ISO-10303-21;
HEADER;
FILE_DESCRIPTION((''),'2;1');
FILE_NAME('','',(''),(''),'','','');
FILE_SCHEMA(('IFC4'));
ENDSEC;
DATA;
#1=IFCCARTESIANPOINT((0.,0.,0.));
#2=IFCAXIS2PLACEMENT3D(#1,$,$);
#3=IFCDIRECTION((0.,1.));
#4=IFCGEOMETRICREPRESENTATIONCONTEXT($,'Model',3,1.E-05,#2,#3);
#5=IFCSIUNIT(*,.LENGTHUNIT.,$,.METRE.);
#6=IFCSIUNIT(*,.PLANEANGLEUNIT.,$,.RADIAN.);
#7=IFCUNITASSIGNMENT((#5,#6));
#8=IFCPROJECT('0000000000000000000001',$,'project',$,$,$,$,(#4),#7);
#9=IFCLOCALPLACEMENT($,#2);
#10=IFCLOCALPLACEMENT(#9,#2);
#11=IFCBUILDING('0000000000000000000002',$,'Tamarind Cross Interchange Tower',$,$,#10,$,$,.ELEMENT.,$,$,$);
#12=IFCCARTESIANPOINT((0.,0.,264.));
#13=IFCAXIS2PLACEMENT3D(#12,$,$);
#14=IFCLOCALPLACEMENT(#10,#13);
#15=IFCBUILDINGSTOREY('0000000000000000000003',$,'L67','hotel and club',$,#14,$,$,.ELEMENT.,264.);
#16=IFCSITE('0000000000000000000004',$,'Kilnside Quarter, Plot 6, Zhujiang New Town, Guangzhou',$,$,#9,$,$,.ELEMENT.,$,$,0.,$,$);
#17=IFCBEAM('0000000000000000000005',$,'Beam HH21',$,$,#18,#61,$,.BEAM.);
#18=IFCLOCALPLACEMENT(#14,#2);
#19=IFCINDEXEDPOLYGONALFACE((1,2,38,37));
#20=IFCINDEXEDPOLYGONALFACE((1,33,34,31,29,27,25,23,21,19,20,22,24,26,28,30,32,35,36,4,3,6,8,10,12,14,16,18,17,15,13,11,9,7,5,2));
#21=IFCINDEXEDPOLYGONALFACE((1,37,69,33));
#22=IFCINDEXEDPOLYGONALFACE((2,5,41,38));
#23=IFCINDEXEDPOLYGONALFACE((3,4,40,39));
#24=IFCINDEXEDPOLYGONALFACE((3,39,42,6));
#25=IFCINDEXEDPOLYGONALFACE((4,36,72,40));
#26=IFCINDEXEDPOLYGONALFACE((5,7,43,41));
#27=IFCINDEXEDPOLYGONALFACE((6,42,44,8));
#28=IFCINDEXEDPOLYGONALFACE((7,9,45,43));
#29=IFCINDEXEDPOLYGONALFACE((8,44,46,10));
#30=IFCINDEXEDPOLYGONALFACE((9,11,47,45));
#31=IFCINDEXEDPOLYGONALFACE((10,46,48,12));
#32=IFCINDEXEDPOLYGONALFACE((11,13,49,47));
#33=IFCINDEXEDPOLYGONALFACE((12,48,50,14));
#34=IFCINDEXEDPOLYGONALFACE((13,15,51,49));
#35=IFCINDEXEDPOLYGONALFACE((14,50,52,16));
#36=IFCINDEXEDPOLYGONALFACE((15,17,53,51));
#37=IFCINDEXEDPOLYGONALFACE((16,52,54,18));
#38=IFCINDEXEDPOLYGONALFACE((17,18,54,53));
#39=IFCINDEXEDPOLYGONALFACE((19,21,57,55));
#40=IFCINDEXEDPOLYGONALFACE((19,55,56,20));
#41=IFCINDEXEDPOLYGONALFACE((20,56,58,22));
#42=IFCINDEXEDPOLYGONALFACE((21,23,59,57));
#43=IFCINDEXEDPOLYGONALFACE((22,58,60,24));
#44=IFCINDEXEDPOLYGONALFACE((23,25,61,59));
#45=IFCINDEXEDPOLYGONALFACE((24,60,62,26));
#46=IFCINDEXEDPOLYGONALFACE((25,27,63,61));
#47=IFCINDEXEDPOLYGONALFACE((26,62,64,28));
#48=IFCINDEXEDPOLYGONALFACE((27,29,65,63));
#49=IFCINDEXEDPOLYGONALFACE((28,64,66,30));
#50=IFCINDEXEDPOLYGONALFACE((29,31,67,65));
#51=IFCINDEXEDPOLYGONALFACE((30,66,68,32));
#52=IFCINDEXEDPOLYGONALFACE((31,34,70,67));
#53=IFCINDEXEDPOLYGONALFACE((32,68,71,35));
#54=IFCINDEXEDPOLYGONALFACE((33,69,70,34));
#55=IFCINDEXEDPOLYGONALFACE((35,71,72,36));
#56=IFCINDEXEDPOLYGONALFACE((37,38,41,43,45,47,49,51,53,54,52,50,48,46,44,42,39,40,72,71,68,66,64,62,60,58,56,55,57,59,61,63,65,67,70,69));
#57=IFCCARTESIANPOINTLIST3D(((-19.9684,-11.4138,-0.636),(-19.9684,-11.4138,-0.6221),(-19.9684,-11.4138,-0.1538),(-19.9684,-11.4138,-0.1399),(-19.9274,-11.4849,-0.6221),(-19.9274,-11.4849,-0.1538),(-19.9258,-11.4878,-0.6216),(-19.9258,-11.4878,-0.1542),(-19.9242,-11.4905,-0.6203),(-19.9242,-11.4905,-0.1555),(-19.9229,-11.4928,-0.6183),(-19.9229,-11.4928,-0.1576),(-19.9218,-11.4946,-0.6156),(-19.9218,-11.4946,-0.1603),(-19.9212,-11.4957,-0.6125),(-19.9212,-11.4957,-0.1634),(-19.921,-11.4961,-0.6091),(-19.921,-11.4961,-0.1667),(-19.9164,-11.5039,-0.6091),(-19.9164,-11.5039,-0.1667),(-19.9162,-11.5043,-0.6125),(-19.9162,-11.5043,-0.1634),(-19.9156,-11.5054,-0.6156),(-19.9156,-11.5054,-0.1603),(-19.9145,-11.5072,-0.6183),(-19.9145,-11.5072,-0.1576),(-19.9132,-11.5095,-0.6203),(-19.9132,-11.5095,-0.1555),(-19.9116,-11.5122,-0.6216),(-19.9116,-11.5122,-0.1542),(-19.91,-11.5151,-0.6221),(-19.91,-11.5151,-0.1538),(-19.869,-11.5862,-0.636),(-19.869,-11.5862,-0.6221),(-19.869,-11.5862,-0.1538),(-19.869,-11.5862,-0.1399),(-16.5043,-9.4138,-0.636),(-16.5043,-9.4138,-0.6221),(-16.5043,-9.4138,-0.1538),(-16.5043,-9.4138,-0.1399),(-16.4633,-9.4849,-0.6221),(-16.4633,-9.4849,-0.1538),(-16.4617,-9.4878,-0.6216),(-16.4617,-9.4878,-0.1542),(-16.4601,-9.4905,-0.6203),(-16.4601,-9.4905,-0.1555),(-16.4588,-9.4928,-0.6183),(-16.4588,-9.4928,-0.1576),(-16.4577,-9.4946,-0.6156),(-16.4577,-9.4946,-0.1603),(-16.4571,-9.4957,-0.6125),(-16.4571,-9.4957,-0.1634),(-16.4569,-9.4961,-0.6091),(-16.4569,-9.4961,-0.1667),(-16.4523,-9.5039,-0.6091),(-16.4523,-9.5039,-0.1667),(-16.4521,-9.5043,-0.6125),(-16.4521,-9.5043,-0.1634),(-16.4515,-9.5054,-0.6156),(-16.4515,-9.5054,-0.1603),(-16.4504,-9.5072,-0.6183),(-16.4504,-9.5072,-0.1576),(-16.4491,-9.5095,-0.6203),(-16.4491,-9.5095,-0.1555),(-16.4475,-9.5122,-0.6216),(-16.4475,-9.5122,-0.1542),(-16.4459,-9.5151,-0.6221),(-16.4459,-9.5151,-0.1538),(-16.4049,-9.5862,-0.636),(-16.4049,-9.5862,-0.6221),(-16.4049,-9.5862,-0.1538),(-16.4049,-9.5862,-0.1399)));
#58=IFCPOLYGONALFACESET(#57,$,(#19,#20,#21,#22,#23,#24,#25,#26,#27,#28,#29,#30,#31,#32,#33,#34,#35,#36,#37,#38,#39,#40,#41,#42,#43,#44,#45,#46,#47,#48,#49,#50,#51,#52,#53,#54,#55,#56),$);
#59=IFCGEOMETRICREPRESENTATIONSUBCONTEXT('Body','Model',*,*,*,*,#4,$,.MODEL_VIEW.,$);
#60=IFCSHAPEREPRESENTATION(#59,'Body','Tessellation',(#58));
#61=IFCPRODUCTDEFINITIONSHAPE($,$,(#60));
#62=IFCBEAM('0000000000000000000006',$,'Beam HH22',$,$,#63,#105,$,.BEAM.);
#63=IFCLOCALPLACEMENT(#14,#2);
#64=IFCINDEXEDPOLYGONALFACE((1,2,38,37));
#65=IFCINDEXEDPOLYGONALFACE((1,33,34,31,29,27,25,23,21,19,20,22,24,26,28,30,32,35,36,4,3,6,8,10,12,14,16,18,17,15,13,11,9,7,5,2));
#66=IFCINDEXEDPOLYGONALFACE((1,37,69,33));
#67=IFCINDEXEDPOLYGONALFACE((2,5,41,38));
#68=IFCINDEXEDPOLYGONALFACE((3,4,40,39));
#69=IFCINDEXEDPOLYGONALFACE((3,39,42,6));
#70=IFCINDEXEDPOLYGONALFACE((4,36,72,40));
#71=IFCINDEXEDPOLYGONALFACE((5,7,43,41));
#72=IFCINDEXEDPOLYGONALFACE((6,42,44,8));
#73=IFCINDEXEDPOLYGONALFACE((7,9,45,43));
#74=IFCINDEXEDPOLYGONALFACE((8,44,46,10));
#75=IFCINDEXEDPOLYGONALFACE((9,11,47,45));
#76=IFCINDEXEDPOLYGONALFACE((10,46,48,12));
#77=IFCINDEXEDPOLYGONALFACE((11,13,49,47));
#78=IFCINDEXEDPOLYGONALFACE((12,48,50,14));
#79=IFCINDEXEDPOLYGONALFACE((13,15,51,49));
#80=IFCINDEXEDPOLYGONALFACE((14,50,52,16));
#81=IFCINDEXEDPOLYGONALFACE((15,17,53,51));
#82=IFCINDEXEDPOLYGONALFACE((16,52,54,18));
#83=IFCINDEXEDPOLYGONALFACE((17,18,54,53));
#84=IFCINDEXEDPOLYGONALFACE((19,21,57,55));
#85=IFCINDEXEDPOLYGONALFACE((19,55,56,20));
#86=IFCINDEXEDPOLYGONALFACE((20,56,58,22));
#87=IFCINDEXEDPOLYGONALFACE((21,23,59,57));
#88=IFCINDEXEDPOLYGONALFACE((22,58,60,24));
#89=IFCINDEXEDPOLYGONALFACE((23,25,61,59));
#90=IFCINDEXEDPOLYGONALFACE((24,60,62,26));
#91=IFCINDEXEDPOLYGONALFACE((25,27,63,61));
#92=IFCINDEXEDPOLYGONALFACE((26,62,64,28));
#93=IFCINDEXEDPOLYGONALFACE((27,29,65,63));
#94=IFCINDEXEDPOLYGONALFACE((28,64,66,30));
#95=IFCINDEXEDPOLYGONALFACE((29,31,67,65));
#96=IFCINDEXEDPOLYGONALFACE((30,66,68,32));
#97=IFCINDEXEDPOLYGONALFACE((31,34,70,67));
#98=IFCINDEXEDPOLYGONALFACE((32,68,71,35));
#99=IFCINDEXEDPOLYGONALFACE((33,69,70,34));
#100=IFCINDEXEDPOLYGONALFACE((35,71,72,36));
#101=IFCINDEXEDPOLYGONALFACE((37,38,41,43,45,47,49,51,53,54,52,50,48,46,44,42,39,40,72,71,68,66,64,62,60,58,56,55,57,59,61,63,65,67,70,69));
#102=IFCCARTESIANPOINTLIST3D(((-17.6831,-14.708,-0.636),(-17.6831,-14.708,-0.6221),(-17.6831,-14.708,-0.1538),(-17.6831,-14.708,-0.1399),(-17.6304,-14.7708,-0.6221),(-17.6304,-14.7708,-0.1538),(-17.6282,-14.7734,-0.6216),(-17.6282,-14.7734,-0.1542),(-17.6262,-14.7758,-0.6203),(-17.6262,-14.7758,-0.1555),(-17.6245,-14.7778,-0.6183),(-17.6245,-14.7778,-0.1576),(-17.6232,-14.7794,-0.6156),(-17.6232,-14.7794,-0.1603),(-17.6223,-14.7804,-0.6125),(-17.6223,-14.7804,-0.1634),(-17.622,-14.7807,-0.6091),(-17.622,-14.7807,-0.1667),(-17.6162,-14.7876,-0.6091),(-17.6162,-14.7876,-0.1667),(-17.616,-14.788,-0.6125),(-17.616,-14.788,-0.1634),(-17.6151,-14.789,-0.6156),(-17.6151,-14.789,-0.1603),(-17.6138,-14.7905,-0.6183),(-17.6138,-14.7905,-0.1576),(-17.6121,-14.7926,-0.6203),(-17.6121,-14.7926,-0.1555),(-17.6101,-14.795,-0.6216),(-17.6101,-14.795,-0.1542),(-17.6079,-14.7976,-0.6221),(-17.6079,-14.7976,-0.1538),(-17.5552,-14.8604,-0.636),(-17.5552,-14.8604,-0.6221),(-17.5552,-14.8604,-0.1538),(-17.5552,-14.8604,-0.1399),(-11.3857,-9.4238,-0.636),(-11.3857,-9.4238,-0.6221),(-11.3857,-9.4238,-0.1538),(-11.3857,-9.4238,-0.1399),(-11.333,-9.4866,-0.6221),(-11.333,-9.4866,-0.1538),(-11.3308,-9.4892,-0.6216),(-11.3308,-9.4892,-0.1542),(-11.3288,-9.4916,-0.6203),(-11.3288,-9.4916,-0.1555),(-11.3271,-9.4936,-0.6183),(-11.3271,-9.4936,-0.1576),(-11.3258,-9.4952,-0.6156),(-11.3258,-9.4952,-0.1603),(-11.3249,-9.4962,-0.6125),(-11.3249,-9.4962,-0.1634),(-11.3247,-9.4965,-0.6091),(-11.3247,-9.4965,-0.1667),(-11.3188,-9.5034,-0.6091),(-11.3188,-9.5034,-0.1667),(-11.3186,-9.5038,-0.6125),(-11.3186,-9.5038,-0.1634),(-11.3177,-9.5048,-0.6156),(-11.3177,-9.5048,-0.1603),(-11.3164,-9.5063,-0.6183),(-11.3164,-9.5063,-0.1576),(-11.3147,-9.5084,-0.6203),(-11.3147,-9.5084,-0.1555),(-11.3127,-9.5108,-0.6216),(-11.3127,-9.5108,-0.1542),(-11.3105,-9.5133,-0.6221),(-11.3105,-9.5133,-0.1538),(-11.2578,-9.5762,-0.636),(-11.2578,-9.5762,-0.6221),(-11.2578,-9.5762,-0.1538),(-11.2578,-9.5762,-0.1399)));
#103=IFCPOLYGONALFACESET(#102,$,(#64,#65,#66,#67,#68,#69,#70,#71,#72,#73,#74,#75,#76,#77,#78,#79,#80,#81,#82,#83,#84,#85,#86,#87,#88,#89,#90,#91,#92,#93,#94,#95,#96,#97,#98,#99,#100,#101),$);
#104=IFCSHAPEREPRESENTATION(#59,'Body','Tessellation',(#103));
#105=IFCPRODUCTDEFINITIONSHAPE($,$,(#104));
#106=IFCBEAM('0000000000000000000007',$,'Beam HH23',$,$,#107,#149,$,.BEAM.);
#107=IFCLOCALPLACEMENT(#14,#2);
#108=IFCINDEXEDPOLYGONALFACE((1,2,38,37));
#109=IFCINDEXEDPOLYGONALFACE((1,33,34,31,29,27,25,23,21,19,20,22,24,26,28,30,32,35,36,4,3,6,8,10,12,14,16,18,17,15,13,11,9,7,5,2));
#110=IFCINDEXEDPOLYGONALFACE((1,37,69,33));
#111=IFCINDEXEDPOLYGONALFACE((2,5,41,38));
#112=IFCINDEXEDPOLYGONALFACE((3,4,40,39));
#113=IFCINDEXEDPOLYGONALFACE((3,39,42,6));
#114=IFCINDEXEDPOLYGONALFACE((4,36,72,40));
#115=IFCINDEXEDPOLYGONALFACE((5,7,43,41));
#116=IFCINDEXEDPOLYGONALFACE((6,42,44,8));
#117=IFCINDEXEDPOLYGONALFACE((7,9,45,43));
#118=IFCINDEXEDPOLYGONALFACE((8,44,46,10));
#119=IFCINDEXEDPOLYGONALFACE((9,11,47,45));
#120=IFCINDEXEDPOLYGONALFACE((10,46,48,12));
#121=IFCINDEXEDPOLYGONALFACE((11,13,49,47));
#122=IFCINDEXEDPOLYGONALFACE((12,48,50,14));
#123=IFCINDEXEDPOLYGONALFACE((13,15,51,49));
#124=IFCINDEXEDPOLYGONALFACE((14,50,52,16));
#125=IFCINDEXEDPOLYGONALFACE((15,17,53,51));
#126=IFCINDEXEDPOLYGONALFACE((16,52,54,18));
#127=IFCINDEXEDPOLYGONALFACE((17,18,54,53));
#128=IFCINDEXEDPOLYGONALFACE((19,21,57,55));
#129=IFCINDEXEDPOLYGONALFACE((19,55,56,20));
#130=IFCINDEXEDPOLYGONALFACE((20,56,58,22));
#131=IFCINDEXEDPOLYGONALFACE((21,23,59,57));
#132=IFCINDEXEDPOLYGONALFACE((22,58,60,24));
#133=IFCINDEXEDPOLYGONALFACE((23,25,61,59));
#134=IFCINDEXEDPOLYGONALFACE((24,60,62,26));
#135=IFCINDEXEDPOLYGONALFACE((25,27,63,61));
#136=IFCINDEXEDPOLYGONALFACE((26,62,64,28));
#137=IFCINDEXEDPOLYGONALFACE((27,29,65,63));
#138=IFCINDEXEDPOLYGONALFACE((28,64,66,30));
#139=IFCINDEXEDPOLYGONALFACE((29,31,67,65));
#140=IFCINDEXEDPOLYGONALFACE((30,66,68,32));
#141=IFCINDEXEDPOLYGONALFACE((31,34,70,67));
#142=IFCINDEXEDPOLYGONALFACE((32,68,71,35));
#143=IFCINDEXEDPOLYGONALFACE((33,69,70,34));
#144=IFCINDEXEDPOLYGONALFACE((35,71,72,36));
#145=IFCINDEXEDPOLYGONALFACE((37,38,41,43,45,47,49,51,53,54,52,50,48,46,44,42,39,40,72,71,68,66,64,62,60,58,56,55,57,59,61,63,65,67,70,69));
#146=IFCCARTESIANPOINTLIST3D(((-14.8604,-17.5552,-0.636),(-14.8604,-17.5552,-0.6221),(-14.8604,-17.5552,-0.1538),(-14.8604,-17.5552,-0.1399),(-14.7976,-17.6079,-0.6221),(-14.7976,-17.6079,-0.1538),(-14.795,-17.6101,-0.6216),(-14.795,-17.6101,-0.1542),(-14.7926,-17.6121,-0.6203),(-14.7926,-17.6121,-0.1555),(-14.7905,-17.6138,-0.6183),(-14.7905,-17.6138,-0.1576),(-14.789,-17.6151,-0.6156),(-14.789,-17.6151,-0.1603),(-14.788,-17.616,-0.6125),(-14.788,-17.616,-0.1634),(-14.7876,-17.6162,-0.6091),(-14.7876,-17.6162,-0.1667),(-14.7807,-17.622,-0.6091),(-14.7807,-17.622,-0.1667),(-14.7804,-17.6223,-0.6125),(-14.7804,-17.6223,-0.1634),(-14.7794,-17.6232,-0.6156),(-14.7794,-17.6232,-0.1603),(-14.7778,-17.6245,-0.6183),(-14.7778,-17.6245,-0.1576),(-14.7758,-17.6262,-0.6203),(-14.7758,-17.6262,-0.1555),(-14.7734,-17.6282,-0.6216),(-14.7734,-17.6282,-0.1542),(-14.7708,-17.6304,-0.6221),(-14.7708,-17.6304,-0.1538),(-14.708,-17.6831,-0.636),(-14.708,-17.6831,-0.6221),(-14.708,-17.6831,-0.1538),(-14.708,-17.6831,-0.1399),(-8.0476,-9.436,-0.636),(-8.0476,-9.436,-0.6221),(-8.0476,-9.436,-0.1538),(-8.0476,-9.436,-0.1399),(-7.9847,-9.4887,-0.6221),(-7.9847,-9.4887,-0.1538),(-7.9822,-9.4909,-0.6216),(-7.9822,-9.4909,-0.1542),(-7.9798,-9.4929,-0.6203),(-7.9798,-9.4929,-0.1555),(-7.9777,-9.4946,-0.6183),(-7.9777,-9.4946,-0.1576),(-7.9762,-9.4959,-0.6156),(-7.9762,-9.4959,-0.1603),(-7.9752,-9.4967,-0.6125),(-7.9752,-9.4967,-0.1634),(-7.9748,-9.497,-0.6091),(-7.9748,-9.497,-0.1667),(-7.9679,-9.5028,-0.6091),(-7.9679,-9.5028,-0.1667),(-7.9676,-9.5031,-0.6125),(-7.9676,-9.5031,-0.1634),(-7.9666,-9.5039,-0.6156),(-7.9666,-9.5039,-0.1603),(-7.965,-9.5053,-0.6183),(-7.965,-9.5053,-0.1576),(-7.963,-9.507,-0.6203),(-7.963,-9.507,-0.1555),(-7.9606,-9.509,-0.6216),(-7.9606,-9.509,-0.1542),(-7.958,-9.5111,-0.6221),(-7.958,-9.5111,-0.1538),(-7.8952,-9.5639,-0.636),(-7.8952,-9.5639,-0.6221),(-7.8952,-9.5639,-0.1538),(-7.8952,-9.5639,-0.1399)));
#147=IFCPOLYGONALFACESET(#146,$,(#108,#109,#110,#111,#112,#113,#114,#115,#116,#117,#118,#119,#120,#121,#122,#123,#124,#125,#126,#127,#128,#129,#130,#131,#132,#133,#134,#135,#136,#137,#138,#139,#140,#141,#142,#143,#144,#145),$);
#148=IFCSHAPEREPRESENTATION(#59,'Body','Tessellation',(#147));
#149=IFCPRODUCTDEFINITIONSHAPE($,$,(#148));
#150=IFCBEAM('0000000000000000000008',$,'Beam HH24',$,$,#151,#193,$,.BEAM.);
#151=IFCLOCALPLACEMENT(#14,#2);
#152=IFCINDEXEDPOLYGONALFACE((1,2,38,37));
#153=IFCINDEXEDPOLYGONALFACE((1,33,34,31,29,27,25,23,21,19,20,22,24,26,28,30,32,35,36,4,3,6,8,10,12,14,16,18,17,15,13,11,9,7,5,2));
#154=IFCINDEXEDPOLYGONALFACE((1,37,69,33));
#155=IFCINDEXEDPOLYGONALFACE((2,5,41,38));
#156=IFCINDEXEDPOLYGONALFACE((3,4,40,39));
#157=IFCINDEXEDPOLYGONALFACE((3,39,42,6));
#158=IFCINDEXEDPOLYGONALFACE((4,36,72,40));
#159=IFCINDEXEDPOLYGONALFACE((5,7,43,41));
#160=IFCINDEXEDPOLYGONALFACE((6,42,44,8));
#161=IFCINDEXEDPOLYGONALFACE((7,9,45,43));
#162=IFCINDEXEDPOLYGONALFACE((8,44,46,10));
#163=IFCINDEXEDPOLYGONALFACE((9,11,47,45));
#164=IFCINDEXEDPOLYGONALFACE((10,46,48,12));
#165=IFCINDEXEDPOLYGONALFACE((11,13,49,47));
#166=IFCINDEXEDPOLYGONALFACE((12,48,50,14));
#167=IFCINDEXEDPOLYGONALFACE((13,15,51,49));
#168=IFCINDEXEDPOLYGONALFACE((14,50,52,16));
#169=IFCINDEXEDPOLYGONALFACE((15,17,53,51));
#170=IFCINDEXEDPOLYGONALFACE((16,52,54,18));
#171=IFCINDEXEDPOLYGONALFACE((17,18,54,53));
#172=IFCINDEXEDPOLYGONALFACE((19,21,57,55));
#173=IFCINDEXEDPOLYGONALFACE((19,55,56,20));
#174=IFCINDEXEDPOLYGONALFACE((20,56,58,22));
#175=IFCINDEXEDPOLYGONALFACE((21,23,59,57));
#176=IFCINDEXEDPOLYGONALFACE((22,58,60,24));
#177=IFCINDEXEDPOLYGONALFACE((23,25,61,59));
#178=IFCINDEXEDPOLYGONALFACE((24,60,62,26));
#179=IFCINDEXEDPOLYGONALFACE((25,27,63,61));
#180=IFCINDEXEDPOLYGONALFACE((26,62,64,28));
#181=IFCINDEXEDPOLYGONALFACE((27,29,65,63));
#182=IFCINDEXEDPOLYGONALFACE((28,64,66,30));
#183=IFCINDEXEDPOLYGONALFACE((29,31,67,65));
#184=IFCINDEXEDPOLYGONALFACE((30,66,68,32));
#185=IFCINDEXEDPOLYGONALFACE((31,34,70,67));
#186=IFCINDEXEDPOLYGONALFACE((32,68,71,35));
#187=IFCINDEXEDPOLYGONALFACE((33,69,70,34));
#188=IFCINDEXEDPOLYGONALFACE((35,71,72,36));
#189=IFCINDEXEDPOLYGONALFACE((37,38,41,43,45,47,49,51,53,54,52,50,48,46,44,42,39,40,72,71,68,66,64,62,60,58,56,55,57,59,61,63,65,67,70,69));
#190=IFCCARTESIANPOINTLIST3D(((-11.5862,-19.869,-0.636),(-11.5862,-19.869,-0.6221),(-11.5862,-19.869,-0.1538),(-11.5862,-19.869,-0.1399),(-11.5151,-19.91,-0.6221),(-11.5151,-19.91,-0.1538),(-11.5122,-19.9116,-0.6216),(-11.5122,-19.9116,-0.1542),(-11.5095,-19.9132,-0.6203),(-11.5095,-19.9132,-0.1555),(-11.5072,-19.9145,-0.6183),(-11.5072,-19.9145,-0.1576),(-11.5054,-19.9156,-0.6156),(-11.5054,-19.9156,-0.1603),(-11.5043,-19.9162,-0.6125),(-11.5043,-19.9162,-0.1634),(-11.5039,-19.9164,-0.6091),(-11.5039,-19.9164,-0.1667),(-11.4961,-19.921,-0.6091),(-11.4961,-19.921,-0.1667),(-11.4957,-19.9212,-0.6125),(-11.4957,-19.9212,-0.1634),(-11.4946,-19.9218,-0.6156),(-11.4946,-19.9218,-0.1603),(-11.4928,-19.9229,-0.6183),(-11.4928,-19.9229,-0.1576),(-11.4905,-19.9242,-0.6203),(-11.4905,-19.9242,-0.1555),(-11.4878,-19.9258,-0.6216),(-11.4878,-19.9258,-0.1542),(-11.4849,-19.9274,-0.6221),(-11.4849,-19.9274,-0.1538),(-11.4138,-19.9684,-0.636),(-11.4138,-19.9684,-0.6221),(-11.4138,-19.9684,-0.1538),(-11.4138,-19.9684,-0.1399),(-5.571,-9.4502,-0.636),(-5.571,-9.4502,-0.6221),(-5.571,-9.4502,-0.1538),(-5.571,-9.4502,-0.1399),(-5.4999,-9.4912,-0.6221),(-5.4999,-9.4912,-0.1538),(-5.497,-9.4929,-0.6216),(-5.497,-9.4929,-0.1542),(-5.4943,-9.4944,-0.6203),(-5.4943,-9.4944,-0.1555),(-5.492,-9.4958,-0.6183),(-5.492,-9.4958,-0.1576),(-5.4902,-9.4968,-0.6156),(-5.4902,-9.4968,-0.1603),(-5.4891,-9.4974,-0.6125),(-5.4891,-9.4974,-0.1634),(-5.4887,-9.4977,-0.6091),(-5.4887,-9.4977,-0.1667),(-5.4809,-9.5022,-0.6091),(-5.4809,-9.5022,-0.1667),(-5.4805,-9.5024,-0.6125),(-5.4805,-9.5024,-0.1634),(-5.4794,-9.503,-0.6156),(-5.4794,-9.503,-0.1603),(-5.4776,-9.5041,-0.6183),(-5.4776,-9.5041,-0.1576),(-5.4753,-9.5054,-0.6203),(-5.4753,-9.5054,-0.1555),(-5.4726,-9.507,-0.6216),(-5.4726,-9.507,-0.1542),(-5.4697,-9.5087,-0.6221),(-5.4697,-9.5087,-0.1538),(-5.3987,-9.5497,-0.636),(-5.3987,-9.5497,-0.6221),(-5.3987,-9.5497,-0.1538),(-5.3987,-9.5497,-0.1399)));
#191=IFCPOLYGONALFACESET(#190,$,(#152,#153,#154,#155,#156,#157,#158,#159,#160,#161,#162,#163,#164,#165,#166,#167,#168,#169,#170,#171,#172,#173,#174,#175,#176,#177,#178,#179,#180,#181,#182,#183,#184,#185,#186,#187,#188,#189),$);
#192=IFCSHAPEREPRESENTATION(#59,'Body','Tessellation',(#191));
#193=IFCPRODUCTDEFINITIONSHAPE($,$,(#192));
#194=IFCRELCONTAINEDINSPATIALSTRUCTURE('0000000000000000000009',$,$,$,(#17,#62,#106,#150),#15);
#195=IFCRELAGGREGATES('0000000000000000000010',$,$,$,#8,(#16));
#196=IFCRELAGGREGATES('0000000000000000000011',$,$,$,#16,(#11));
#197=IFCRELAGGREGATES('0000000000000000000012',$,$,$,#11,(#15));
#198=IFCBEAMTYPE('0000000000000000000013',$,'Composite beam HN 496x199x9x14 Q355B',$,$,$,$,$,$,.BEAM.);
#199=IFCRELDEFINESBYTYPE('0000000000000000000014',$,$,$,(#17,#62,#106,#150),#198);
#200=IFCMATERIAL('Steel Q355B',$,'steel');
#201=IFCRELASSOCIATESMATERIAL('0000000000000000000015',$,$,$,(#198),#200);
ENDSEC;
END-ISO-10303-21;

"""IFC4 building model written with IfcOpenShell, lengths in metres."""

from ifc_helpers import new_model, si_unit, direction, frame, origin, origin_2d, place, context, subcontext, project, spatial, i_section, extrude, material, material_profile, profile_set, type_object, element, save


model = new_model("IFC4")

# Units and contexts
model_context = context("Model", 3, precision=1e-05, world=origin(), true_north=direction((0.0, 1.0)))
body_context = subcontext(model_context, "Body", "Model", "MODEL_VIEW")
ifc_project = project(units=[si_unit("LENGTHUNIT", "METRE"), si_unit("PLANEANGLEUNIT", "RADIAN")], contexts=[model_context])

# Site, building, storey
site_placement = place(None, origin())
site = spatial("IfcSite", under=ifc_project, at=site_placement, Name="Kilnside Quarter, Plot 6, Zhujiang New Town, Guangzhou", CompositionType="ELEMENT", RefElevation=0.0)
building_placement = place(site_placement, origin())
building = spatial("IfcBuilding", under=site, at=building_placement, Name="Tamarind Cross Interchange Tower", CompositionType="ELEMENT")
storey_placement = place(building_placement, frame((0.0, 0.0, 264.0)))
storey = spatial("IfcBuildingStorey", under=building, at=storey_placement, Name="L67", Description="hotel and club", CompositionType="ELEMENT", Elevation=264.0)

# Beams
ifc_material_1 = material(Name="Steel Q355B", Category="steel")
ifc_material_profile_1 = material_profile(ifc_material_1, i_section(OverallWidth=0.199, OverallDepth=0.4961, WebThickness=0.009, FlangeThickness=0.0139, FilletRadius=0.0129, at=origin_2d()), Name="HN 496x199x9x14")
ifc_profile_set_1 = profile_set([ifc_material_profile_1], Name="Steel Q355B")
beam_type = type_object("IfcBeamType", Name="Composite beam HN 496x199x9x14 Q355B", PredefinedType="BEAM", material=ifc_profile_set_1)
beam_1_placement = place(storey_placement, frame((-19.9187, -11.5, -0.3879), z_axis=(0.866026, 0.499999, 0.0), x_axis=(-0.499999, 0.866026, 0.0)))
element("IfcBeam", 1, at=beam_1_placement, inside=storey, type_object=beam_type, Name="Beam HH21", PredefinedType="BEAM", context=body_context, shape_type="SweptSolid", body=[
    extrude(i_section(OverallWidth=0.199, OverallDepth=0.4961, WebThickness=0.009, FlangeThickness=0.0139, FilletRadius=0.0129, at=origin_2d()), origin(), (0.0, 0.0, 1.0), 4.0),
])
beam_2_placement = place(storey_placement, frame((-17.6191, -14.7842, -0.3879), z_axis=(0.766041, 0.642792, 0.0), x_axis=(-0.642792, 0.766041, 0.0)))
element("IfcBeam", 2, at=beam_2_placement, inside=storey, type_object=beam_type, Name="Beam HH22", PredefinedType="BEAM", context=body_context, shape_type="SweptSolid", body=[
    extrude(i_section(OverallWidth=0.199, OverallDepth=0.4961, WebThickness=0.009, FlangeThickness=0.0139, FilletRadius=0.0129, at=origin_2d()), origin(), (0.0, 0.0, 1.0), 8.2207),
])
beam_3_placement = place(storey_placement, frame((-14.7842, -17.6191, -0.3879), z_axis=(0.642786, 0.766046, 0.0), x_axis=(-0.766046, 0.642786, 0.0)))
element("IfcBeam", 3, at=beam_3_placement, inside=storey, type_object=beam_type, Name="Beam HH23", PredefinedType="BEAM", context=body_context, shape_type="SweptSolid", body=[
    extrude(i_section(OverallWidth=0.199, OverallDepth=0.4961, WebThickness=0.009, FlangeThickness=0.0139, FilletRadius=0.0129, at=origin_2d()), origin(), (0.0, 0.0, 1.0), 10.5989),
])
beam_4_placement = place(storey_placement, frame((-11.5, -19.9187, -0.3879), z_axis=(0.499994, 0.866029, 0.0), x_axis=(-0.866029, 0.499994, 0.0)))
element("IfcBeam", 4, at=beam_4_placement, inside=storey, type_object=beam_type, Name="Beam HH24", PredefinedType="BEAM", context=body_context, shape_type="SweptSolid", body=[
    extrude(i_section(OverallWidth=0.199, OverallDepth=0.4961, WebThickness=0.009, FlangeThickness=0.0139, FilletRadius=0.0129, at=origin_2d()), origin(), (0.0, 0.0, 1.0), 12.0305),
])

save(model, "model.ifc")
